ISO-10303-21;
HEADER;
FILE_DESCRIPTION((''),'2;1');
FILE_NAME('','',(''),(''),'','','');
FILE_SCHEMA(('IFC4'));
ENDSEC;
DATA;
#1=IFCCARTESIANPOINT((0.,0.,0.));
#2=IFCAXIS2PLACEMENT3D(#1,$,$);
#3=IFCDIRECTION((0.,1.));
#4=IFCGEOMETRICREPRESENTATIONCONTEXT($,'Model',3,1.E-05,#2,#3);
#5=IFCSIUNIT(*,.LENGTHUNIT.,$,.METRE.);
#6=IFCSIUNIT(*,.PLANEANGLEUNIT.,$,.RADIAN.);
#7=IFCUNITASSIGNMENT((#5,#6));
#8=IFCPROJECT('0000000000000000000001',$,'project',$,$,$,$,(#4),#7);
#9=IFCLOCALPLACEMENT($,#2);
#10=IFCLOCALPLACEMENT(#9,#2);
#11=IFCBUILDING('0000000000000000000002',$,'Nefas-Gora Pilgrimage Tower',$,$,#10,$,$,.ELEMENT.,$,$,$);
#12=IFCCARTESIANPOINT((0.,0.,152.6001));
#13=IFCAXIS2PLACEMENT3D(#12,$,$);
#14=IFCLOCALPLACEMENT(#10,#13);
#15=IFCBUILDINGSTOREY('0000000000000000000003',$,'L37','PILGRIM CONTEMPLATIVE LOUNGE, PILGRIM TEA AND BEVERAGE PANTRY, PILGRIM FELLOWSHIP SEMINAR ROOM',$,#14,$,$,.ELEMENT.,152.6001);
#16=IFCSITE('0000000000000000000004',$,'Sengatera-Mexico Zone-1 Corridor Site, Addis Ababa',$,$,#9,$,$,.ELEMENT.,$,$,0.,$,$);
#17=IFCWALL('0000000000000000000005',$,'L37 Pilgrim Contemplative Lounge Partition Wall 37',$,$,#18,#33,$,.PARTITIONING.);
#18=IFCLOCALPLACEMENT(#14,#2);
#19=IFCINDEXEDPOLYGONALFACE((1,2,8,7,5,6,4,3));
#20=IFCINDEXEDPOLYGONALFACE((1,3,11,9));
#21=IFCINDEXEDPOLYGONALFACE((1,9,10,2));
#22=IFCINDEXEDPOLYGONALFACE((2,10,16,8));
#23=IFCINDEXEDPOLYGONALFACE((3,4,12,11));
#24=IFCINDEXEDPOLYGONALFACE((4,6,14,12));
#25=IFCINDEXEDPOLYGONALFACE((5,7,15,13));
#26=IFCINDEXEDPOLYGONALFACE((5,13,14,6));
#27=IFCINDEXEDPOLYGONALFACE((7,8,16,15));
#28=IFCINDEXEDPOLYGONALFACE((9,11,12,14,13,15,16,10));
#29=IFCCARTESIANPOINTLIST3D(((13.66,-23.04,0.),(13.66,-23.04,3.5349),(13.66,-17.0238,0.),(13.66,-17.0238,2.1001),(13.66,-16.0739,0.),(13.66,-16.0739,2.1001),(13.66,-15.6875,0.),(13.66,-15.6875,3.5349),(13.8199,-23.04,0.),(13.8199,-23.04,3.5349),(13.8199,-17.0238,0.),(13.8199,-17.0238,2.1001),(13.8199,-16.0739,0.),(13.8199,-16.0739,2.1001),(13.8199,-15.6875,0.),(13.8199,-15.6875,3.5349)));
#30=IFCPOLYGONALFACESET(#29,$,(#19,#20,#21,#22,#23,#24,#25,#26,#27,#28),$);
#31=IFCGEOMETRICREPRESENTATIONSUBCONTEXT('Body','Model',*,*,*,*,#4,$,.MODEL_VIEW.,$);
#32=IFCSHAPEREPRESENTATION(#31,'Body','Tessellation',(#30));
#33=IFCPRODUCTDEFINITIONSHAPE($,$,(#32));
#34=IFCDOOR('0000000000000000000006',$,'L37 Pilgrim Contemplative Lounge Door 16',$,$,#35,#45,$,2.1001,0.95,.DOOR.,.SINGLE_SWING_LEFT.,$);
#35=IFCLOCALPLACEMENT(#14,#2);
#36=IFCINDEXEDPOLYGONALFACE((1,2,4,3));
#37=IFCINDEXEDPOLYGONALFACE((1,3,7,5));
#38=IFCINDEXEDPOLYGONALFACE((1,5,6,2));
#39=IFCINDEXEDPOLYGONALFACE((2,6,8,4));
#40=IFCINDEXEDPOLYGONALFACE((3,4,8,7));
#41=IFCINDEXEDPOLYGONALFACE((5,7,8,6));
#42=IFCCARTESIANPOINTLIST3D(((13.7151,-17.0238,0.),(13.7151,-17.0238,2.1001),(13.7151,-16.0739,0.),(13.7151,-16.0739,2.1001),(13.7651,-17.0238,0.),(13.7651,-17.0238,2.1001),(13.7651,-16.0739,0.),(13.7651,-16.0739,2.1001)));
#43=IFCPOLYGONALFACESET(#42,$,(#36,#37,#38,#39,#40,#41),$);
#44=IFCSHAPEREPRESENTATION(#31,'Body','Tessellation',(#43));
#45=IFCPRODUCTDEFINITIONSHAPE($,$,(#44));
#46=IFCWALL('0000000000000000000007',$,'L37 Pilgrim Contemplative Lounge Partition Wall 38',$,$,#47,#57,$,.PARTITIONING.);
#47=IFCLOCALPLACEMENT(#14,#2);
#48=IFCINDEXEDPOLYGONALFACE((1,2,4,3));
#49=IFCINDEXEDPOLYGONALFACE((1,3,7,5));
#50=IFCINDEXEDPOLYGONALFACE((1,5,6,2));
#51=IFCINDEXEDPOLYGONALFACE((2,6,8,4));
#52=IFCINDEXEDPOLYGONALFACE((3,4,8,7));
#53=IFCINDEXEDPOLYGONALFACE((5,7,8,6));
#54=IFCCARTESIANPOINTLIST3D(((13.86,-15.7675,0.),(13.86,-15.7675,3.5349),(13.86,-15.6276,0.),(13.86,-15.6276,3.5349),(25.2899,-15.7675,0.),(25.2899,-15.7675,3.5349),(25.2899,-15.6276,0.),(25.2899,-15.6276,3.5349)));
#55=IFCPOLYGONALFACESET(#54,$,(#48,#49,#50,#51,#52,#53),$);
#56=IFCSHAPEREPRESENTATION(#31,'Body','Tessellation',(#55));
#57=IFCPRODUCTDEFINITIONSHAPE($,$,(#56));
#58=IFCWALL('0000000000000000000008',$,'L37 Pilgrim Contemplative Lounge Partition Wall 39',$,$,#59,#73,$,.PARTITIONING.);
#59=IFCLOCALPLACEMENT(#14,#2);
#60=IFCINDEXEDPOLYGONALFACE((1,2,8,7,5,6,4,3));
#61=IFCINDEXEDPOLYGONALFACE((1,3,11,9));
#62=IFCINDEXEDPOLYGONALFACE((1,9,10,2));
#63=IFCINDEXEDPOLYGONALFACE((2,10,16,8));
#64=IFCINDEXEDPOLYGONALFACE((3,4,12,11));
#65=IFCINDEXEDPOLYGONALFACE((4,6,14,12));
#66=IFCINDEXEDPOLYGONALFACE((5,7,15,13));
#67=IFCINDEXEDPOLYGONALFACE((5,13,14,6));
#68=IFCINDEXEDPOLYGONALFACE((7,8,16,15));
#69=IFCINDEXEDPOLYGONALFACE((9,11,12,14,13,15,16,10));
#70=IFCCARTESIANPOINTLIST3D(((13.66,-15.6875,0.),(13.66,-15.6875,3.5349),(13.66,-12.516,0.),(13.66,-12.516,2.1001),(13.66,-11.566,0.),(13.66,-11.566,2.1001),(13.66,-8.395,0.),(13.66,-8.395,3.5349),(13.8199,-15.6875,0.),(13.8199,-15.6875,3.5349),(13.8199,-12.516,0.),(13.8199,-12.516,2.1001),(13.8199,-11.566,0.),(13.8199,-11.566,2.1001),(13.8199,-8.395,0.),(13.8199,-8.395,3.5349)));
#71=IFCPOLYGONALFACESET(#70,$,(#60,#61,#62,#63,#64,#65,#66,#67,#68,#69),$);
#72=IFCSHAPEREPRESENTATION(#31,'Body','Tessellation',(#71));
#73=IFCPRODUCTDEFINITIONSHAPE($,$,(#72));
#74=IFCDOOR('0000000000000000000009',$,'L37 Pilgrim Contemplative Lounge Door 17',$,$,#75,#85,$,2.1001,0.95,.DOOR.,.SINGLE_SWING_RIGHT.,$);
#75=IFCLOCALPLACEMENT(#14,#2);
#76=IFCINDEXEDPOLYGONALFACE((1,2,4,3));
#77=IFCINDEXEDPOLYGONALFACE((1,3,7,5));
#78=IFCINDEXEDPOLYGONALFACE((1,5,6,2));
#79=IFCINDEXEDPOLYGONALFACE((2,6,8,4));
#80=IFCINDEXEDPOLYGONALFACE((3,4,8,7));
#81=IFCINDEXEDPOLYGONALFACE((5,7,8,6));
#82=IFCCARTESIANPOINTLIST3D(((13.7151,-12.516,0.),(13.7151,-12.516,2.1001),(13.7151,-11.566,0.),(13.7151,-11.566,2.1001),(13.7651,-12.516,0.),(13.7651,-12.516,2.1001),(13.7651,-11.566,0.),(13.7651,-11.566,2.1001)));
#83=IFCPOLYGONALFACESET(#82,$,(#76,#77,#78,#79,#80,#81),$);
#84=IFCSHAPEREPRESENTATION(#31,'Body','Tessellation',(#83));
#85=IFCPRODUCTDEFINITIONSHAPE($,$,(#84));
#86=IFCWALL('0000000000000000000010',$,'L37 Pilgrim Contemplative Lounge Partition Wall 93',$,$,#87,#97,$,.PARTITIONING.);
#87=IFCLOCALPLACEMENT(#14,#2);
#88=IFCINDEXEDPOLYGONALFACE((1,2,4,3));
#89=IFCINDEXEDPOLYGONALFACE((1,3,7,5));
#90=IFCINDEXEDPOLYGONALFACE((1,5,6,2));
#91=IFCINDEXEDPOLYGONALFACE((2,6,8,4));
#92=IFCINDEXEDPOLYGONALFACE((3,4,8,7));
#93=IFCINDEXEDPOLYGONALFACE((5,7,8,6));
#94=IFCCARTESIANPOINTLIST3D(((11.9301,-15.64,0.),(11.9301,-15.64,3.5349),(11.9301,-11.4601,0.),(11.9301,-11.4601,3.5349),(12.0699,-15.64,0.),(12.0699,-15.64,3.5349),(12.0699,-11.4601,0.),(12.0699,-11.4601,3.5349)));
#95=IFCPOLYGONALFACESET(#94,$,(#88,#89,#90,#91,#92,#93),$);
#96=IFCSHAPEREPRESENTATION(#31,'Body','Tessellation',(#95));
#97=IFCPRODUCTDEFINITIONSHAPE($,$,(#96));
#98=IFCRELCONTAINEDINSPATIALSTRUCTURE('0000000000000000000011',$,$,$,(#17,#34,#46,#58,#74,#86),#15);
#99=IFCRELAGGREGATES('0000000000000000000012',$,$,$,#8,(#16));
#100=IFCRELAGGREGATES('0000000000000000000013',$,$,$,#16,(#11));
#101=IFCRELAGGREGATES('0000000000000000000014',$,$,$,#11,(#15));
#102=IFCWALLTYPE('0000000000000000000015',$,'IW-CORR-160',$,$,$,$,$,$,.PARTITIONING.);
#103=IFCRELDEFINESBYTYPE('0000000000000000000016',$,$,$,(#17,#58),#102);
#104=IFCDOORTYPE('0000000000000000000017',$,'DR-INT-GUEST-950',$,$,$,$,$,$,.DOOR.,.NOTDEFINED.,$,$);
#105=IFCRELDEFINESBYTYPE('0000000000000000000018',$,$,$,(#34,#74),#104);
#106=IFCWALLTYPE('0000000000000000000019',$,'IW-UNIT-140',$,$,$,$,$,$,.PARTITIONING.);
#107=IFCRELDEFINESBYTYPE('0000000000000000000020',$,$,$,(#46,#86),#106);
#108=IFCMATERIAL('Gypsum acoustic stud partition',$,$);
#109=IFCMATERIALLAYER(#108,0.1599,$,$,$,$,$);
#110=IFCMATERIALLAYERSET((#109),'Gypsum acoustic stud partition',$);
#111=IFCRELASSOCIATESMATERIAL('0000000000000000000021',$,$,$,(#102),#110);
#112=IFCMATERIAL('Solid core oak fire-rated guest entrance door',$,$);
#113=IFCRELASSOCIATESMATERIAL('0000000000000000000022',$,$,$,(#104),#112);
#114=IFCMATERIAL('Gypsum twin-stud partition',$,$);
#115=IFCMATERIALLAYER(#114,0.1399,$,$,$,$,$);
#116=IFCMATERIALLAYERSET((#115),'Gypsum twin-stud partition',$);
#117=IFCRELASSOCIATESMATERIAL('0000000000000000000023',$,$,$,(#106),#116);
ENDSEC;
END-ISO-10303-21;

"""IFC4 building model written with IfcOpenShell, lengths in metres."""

from ifc_helpers import new_model, si_unit, direction, frame, frame_2d, origin, place, context, subcontext, project, spatial, rectangle, extrude, source, transform, mapped, material, layer, layer_set, type_object, element, fill, save


model = new_model("IFC4")

# Units and contexts
model_context = context("Model", 3, precision=1e-05, world=origin(), true_north=direction((0.0, 1.0)))
body_context = subcontext(model_context, "Body", "Model", "MODEL_VIEW")
ifc_project = project(units=[si_unit("LENGTHUNIT", "METRE"), si_unit("PLANEANGLEUNIT", "RADIAN")], contexts=[model_context])

# Site, building, storey
site_placement = place(None, origin())
site = spatial("IfcSite", under=ifc_project, at=site_placement, Name="Sengatera-Mexico Zone-1 Corridor Site, Addis Ababa", CompositionType="ELEMENT", RefElevation=0.0)
building_placement = place(site_placement, origin())
building = spatial("IfcBuilding", under=site, at=building_placement, Name="Nefas-Gora Pilgrimage Tower", CompositionType="ELEMENT")
storey_placement = place(building_placement, frame((0.0, 0.0, 152.6001)))
storey = spatial("IfcBuildingStorey", under=building, at=storey_placement, Name="L37", Description="PILGRIM CONTEMPLATIVE LOUNGE, PILGRIM TEA AND BEVERAGE PANTRY, PILGRIM FELLOWSHIP SEMINAR ROOM", CompositionType="ELEMENT", Elevation=152.6001)

# Wall, opening, door
ifc_material_1 = material(Name="Gypsum acoustic stud partition")
ifc_layer_1 = layer(ifc_material_1, 0.1599)
ifc_layer_set_1 = layer_set([ifc_layer_1], Name="Gypsum acoustic stud partition")
wall_type_1 = type_object("IfcWallType", Name="IW-CORR-160", PredefinedType="PARTITIONING", material=ifc_layer_set_1)
shared_shape_1 = source(origin(), body_context, "Body", "SweptSolid", [
    extrude(rectangle(XDim=7.3525, YDim=0.1599, at=frame_2d((3.6763, 0.0))), origin(), (0.0, 0.0, 1.0), 3.5349),
])
wall_1_placement = place(storey_placement, frame((13.74, -23.04, 0.0), z_axis=(0.0, 0.0, 1.0), x_axis=(0.0, 1.0, 0.0)))
wall_1 = element("IfcWall", 1, at=wall_1_placement, inside=storey, type_object=wall_type_1, Name="L37 Pilgrim Contemplative Lounge Partition Wall 37", PredefinedType="PARTITIONING", context=body_context, shape_type="MappedRepresentation", body=[
    mapped(shared_shape_1, transform((0.0, 0.0, 0.0), x_axis=(1.0, 0.0, 0.0), y_axis=(0.0, 1.0, 0.0), z_axis=(0.0, 0.0, 1.0), scale=1.0)),
])
opening_1_placement = place(wall_1_placement, frame((6.0161, 0.0, 0.0)))
opening_1 = element("IfcOpeningElement", 2, at=opening_1_placement, cuts=wall_1, PredefinedType="OPENING", context=body_context, shape_type="SweptSolid", body=[
    extrude(rectangle(XDim=0.95, YDim=2.1001, at=frame_2d((0.4751, 1.05))), frame((0.0, 0.0898, 0.0), z_axis=(0.0, -1.0, 0.0), x_axis=(1.0, 0.0, 0.0)), (0.0, 0.0, 1.0), 0.1799),
])
ifc_material_2 = material(Name="Solid core oak fire-rated guest entrance door")
door_type = type_object("IfcDoorType", Name="DR-INT-GUEST-950", OperationType="NOTDEFINED", PredefinedType="DOOR", material=ifc_material_2)
shared_shape_2 = source(origin(), body_context, "Body", "SweptSolid", [
    extrude(rectangle(XDim=0.95, YDim=2.1001, at=frame_2d((0.4751, 1.05))), frame((0.0, 0.0249, 0.0), z_axis=(0.0, -1.0, 0.0), x_axis=(1.0, 0.0, 0.0)), (0.0, 0.0, 1.0), 0.05),
])
door_1_placement = place(opening_1_placement, origin())
door_1 = element("IfcDoor", 3, at=door_1_placement, inside=storey, type_object=door_type, Name="L37 Pilgrim Contemplative Lounge Door 16", OperationType="SINGLE_SWING_LEFT", OverallHeight=2.1001, OverallWidth=0.95, PredefinedType="DOOR", context=body_context, shape_type="MappedRepresentation", body=[
    mapped(shared_shape_2, transform((0.0, 0.0, 0.0), x_axis=(1.0, 0.0, 0.0), y_axis=(0.0, 1.0, 0.0), z_axis=(0.0, 0.0, 1.0), scale=1.0)),
])
fill(opening_1, door_1)

# Wall
ifc_material_3 = material(Name="Gypsum twin-stud partition")
ifc_layer_2 = layer(ifc_material_3, 0.1399)
ifc_layer_set_2 = layer_set([ifc_layer_2], Name="Gypsum twin-stud partition")
wall_type_2 = type_object("IfcWallType", Name="IW-UNIT-140", PredefinedType="PARTITIONING", material=ifc_layer_set_2)
shared_shape_3 = source(origin(), body_context, "Body", "SweptSolid", [
    extrude(rectangle(XDim=11.4299, YDim=0.1399, at=frame_2d((5.7148, 0.0))), origin(), (0.0, 0.0, 1.0), 3.5349),
])
wall_2_placement = place(storey_placement, frame((13.8601, -15.6975, 0.0), z_axis=(0.0, 0.0, 1.0), x_axis=(1.0, 0.0, 0.0)))
element("IfcWall", 4, at=wall_2_placement, inside=storey, type_object=wall_type_2, Name="L37 Pilgrim Contemplative Lounge Partition Wall 38", PredefinedType="PARTITIONING", context=body_context, shape_type="MappedRepresentation", body=[
    mapped(shared_shape_3, transform((0.0, 0.0, 0.0), x_axis=(1.0, 0.0, 0.0), y_axis=(0.0, 1.0, 0.0), z_axis=(0.0, 0.0, 1.0), scale=1.0)),
])

# Wall, opening, door
shared_shape_4 = source(origin(), body_context, "Body", "SweptSolid", [
    extrude(rectangle(XDim=7.2925, YDim=0.1599, at=frame_2d((3.6462, 0.0))), origin(), (0.0, 0.0, 1.0), 3.5349),
])
wall_3_placement = place(storey_placement, frame((13.74, -15.6875, 0.0), z_axis=(0.0, 0.0, 1.0), x_axis=(0.0, 1.0, 0.0)))
wall_3 = element("IfcWall", 5, at=wall_3_placement, inside=storey, type_object=wall_type_1, Name="L37 Pilgrim Contemplative Lounge Partition Wall 39", PredefinedType="PARTITIONING", context=body_context, shape_type="MappedRepresentation", body=[
    mapped(shared_shape_4, transform((0.0, 0.0, 0.0), x_axis=(1.0, 0.0, 0.0), y_axis=(0.0, 1.0, 0.0), z_axis=(0.0, 0.0, 1.0), scale=1.0)),
])
opening_2_placement = place(wall_3_placement, frame((3.1714, 0.0, 0.0)))
opening_2 = element("IfcOpeningElement", 6, at=opening_2_placement, cuts=wall_3, PredefinedType="OPENING", context=body_context, shape_type="SweptSolid", body=[
    extrude(rectangle(XDim=0.95, YDim=2.1001, at=frame_2d((0.4751, 1.05))), frame((0.0, 0.0898, 0.0), z_axis=(0.0, -1.0, 0.0), x_axis=(1.0, 0.0, 0.0)), (0.0, 0.0, 1.0), 0.1799),
])
door_2_placement = place(opening_2_placement, origin())
door_2 = element("IfcDoor", 7, at=door_2_placement, inside=storey, type_object=door_type, Name="L37 Pilgrim Contemplative Lounge Door 17", OperationType="SINGLE_SWING_RIGHT", OverallHeight=2.1001, OverallWidth=0.95, PredefinedType="DOOR", context=body_context, shape_type="MappedRepresentation", body=[
    mapped(shared_shape_2, transform((0.0, 0.0, 0.0), x_axis=(1.0, 0.0, 0.0), y_axis=(0.0, 1.0, 0.0), z_axis=(0.0, 0.0, 1.0), scale=1.0)),
])
fill(opening_2, door_2)

# Wall
shared_shape_5 = source(origin(), body_context, "Body", "SweptSolid", [
    extrude(rectangle(XDim=4.1799, YDim=0.1399, at=frame_2d((2.0898, 0.0))), origin(), (0.0, 0.0, 1.0), 3.5349),
])
wall_4_placement = place(storey_placement, frame((12.0, -15.6399, 0.0), z_axis=(0.0, 0.0, 1.0), x_axis=(0.0, 1.0, 0.0)))
element("IfcWall", 8, at=wall_4_placement, inside=storey, type_object=wall_type_2, Name="L37 Pilgrim Contemplative Lounge Partition Wall 93", PredefinedType="PARTITIONING", context=body_context, shape_type="MappedRepresentation", body=[
    mapped(shared_shape_5, transform((0.0, 0.0, 0.0), x_axis=(1.0, 0.0, 0.0), y_axis=(0.0, 1.0, 0.0), z_axis=(0.0, 0.0, 1.0), scale=1.0)),
])

save(model, "model.ifc")
